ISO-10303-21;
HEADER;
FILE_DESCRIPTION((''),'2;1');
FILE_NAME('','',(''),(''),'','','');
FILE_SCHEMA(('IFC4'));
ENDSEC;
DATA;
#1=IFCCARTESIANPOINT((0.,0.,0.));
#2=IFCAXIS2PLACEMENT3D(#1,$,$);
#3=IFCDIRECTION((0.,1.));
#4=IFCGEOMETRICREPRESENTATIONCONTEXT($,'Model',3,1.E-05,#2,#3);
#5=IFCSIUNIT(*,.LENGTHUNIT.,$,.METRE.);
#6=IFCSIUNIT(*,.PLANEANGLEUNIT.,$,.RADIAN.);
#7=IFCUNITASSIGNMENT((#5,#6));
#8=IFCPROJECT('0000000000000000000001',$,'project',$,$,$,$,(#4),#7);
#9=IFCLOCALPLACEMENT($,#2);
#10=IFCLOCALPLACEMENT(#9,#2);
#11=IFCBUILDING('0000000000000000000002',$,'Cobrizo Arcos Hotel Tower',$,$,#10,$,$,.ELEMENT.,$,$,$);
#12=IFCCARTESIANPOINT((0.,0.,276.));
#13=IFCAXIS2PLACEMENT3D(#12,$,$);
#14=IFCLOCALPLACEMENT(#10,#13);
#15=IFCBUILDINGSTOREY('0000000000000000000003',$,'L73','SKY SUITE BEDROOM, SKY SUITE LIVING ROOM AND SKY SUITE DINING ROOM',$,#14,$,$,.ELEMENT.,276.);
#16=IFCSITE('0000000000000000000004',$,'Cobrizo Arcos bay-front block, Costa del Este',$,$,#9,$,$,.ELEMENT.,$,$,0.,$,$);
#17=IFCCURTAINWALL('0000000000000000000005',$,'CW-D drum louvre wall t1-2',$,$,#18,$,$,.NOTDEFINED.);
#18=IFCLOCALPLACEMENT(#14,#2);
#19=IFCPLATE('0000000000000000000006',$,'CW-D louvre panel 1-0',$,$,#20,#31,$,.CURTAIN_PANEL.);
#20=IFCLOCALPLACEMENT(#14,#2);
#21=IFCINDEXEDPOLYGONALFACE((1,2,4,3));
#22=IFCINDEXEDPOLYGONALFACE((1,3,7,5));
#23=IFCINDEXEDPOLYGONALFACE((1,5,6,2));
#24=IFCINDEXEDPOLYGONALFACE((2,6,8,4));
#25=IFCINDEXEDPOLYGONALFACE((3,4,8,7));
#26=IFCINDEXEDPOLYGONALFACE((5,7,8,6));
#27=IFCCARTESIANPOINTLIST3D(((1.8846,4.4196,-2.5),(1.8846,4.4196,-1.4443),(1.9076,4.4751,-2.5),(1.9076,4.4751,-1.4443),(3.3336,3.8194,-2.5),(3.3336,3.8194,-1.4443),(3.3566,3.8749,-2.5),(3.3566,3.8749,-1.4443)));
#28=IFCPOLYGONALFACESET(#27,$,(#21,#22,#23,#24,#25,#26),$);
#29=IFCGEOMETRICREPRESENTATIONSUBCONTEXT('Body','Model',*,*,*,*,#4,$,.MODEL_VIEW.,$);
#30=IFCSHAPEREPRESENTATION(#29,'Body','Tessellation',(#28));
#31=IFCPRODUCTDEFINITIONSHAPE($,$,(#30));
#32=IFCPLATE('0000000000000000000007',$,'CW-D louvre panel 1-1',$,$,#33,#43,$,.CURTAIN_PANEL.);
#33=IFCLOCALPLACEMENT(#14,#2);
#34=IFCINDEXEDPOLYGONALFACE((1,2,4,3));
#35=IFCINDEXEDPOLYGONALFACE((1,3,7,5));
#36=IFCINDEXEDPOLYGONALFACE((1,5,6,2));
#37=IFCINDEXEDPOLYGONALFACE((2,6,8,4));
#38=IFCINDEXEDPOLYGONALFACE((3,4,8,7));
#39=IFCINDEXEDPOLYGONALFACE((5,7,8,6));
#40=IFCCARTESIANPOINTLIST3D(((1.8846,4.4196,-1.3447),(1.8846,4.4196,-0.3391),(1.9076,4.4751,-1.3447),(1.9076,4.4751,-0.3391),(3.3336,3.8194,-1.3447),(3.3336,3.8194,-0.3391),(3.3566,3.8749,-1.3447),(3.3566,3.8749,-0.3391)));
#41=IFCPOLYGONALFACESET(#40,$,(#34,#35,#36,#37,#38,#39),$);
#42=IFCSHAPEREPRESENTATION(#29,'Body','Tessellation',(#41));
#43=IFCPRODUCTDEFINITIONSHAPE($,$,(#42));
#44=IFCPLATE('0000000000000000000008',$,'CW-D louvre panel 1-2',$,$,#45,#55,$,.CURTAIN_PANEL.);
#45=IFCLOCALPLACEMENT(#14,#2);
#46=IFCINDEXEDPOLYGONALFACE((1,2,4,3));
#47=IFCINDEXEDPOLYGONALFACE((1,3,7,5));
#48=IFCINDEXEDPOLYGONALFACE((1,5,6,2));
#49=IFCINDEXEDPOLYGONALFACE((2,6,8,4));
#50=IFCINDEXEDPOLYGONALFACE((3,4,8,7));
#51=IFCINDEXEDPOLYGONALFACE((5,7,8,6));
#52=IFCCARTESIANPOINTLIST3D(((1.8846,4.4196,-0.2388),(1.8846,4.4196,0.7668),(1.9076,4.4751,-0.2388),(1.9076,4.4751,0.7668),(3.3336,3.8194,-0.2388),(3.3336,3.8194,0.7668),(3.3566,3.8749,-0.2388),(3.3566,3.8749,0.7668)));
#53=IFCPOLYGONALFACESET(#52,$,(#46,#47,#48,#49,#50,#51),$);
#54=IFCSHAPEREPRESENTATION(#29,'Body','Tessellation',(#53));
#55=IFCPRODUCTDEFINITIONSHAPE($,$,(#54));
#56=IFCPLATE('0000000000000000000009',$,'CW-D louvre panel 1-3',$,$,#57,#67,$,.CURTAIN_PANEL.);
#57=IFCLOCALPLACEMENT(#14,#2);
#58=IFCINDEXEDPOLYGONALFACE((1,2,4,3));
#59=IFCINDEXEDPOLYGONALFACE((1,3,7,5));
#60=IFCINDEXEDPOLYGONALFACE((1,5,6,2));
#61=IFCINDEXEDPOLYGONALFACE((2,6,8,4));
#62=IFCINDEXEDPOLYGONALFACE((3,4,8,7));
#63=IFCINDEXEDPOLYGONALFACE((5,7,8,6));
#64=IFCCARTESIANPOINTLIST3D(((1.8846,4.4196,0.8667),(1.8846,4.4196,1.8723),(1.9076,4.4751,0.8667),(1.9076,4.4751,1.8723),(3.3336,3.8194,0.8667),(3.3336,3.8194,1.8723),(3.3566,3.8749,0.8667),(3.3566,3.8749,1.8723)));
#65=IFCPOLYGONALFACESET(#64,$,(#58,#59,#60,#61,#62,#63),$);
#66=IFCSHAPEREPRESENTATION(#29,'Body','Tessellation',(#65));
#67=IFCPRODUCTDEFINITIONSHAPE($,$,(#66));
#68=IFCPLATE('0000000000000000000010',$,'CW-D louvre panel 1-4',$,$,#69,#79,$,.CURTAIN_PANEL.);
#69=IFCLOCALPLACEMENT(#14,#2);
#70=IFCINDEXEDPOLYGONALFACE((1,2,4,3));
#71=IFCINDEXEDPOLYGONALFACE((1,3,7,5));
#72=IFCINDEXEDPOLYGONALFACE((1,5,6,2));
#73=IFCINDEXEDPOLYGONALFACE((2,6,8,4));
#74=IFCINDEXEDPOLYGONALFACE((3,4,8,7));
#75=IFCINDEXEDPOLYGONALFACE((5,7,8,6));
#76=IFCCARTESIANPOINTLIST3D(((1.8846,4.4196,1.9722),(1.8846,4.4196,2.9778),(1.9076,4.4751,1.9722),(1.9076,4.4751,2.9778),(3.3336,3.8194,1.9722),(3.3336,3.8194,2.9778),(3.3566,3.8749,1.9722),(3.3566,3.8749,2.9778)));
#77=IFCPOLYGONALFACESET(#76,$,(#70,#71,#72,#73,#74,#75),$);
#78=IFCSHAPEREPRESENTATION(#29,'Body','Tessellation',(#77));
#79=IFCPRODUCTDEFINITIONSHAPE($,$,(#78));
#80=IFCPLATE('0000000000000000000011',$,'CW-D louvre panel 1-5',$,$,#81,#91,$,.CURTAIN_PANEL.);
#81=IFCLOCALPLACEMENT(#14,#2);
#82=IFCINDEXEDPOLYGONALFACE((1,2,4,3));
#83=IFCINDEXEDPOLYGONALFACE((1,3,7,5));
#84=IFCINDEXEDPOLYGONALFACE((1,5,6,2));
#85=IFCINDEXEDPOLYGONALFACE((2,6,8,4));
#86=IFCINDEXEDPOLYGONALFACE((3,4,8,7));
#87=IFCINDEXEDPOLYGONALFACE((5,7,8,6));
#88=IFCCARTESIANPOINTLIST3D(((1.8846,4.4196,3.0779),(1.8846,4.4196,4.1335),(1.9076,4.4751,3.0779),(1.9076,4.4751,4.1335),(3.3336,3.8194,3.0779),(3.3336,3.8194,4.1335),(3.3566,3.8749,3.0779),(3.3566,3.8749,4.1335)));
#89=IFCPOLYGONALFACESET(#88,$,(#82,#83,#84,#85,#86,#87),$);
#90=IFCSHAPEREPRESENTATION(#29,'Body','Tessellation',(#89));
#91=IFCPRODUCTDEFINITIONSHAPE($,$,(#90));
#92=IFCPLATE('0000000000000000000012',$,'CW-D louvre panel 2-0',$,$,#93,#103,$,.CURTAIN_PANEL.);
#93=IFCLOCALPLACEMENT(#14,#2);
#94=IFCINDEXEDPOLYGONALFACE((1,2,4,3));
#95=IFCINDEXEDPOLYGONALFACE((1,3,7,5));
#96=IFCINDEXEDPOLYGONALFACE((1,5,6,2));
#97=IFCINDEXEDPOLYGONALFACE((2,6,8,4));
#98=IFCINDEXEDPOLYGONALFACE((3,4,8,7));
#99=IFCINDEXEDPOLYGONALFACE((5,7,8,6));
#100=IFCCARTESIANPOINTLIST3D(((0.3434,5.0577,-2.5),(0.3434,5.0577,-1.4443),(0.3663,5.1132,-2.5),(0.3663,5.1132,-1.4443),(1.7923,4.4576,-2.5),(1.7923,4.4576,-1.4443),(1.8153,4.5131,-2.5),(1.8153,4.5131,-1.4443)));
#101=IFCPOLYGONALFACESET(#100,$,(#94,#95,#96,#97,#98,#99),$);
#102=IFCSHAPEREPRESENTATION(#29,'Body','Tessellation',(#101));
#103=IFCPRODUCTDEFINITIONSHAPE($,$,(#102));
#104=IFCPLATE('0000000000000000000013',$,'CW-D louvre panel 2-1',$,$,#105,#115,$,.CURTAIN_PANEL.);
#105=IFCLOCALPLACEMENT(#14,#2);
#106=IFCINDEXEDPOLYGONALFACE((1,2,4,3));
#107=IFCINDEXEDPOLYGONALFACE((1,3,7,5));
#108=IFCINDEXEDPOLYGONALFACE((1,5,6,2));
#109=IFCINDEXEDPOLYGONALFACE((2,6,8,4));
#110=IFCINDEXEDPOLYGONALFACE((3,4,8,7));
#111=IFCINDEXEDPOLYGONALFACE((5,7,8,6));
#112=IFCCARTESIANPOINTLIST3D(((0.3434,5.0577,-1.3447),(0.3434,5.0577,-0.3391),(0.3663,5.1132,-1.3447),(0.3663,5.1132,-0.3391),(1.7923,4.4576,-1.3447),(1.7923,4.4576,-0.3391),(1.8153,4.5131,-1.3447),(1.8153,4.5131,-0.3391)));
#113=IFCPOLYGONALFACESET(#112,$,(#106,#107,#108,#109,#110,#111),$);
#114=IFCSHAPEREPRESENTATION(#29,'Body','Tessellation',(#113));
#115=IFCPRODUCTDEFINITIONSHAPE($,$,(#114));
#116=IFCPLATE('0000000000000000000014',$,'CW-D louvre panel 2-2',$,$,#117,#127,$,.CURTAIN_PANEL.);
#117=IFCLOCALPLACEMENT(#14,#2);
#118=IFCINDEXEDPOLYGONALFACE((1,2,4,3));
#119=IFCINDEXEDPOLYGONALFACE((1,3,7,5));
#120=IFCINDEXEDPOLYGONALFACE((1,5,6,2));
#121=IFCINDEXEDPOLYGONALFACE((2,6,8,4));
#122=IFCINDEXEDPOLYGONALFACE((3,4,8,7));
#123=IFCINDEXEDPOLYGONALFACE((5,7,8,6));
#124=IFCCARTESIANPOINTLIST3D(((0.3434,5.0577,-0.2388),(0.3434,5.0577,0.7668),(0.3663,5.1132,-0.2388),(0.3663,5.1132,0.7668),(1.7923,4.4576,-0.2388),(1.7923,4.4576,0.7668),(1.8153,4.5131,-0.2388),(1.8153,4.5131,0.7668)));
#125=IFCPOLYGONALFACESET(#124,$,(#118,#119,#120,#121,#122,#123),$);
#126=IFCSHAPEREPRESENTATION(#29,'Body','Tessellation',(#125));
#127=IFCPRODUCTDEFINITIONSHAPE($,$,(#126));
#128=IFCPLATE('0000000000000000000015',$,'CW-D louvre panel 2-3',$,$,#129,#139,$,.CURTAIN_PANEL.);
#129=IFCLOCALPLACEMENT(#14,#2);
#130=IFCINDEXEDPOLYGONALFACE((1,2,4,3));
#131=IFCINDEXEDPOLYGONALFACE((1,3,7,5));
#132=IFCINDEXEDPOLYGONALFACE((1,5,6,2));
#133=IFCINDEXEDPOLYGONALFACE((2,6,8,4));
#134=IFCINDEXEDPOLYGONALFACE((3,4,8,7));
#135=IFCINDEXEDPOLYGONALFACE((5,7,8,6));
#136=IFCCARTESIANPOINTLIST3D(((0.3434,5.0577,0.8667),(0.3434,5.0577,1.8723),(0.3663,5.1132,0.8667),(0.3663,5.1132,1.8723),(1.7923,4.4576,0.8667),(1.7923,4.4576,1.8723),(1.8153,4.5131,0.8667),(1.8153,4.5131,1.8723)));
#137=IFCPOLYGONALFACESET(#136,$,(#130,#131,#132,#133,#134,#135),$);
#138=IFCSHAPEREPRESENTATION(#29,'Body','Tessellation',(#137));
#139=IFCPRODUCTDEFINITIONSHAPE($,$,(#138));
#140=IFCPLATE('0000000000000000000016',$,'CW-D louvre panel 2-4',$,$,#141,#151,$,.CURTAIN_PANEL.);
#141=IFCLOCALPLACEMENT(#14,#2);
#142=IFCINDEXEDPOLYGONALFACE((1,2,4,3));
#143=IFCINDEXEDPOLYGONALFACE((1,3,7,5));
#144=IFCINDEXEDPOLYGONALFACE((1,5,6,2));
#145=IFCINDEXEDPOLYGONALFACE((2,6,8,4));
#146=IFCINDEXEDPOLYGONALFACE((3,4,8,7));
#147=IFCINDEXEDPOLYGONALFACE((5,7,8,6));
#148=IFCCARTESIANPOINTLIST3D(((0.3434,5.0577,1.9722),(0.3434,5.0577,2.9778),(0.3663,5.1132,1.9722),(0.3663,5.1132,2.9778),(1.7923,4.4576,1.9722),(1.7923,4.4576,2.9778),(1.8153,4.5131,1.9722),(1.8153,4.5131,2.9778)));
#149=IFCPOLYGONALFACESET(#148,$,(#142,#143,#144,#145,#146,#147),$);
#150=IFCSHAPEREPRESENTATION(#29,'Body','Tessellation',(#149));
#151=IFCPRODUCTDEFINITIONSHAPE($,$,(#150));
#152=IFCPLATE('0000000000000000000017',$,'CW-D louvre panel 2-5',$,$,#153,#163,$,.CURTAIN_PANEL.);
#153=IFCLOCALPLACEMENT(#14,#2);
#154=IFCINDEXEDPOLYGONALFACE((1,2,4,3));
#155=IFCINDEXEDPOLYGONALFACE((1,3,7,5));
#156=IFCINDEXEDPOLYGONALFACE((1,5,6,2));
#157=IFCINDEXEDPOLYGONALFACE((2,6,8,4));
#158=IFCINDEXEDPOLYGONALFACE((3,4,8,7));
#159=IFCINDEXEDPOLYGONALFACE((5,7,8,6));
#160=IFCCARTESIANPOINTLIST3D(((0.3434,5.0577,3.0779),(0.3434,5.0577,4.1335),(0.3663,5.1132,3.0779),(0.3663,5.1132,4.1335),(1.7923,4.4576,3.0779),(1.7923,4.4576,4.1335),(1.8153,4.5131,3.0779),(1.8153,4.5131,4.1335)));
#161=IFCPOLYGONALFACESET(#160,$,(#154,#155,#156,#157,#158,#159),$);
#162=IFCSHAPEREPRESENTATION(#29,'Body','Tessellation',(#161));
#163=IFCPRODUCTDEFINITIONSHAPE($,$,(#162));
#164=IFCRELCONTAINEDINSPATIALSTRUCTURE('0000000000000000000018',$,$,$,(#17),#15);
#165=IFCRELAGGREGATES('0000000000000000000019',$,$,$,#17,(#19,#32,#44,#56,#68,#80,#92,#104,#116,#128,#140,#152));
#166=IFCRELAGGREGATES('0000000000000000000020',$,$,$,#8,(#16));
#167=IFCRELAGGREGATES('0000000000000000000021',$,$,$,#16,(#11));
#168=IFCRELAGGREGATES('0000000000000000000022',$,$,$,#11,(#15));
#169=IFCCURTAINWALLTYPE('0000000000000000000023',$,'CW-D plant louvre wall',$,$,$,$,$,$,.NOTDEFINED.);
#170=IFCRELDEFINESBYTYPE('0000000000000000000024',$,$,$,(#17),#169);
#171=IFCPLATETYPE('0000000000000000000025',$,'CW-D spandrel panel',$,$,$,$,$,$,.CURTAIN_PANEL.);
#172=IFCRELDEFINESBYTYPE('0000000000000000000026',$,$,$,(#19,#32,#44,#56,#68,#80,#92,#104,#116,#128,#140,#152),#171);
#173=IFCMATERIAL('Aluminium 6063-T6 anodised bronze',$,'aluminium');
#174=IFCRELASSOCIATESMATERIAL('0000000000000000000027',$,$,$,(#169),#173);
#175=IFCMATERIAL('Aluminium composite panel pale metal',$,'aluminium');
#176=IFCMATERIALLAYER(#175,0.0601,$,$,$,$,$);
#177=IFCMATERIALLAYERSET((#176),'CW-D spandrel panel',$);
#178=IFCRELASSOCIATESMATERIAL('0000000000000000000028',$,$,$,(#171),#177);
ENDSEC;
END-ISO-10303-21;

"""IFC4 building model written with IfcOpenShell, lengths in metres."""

from ifc_helpers import new_model, si_unit, direction, frame, origin, origin_2d, place, context, subcontext, project, spatial, rectangle, extrude, material, layer, layer_set, type_object, element, aggregate, save


model = new_model("IFC4")

# Units and contexts
model_context = context("Model", 3, precision=1e-05, world=origin(), true_north=direction((0.0, 1.0)))
body_context = subcontext(model_context, "Body", "Model", "MODEL_VIEW")
ifc_project = project(units=[si_unit("LENGTHUNIT", "METRE"), si_unit("PLANEANGLEUNIT", "RADIAN")], contexts=[model_context])

# Site, building, storey
site_placement = place(None, origin())
site = spatial("IfcSite", under=ifc_project, at=site_placement, Name="Cobrizo Arcos bay-front block, Costa del Este", CompositionType="ELEMENT", RefElevation=0.0)
building_placement = place(site_placement, origin())
building = spatial("IfcBuilding", under=site, at=building_placement, Name="Cobrizo Arcos Hotel Tower", CompositionType="ELEMENT")
storey_placement = place(building_placement, frame((0.0, 0.0, 276.0)))
storey = spatial("IfcBuildingStorey", under=building, at=storey_placement, Name="L73", Description="SKY SUITE BEDROOM, SKY SUITE LIVING ROOM AND SKY SUITE DINING ROOM", CompositionType="ELEMENT", Elevation=276.0)

# Shared definitions
ifc_material_1 = material(Name="Aluminium 6063-T6 anodised bronze", Category="aluminium")

# Curtain wall
curtain_wall_type_1 = type_object("IfcCurtainWallType", Name="CW-D plant louvre wall", PredefinedType="NOTDEFINED", material=ifc_material_1)
curtain_wall_1_placement = place(storey_placement, origin())
curtain_wall_1 = element("IfcCurtainWall", 1, at=curtain_wall_1_placement, inside=storey, type_object=curtain_wall_type_1, Name="CW-D drum louvre wall t1-2", PredefinedType="NOTDEFINED")

# Plates
ifc_material_2 = material(Name="Aluminium composite panel pale metal", Category="aluminium")
ifc_layer_1 = layer(ifc_material_2, 0.0601)
ifc_layer_set_1 = layer_set([ifc_layer_1], Name="CW-D spandrel panel")
plate_type_1 = type_object("IfcPlateType", Name="CW-D spandrel panel", PredefinedType="CURTAIN_PANEL", material=ifc_layer_set_1)
plate_1_placement = place(storey_placement, frame((2.6206, 4.1472, -2.5), z_axis=(0.0, 0.0, 1.0), x_axis=(-0.92388, 0.382683, 0.0)))
plate_1 = element("IfcPlate", 2, at=plate_1_placement, type_object=plate_type_1, Name="CW-D louvre panel 1-0", PredefinedType="CURTAIN_PANEL", context=body_context, shape_type="SweptSolid", body=[
    extrude(rectangle(XDim=1.5684, YDim=0.0601, at=origin_2d()), origin(), (0.0, 0.0, 1.0), 1.0557),
])
plate_2_placement = place(storey_placement, frame((2.6206, 4.1472, -1.3447), z_axis=(0.0, 0.0, 1.0), x_axis=(-0.92388, 0.382683, 0.0)))
plate_2 = element("IfcPlate", 3, at=plate_2_placement, type_object=plate_type_1, Name="CW-D louvre panel 1-1", PredefinedType="CURTAIN_PANEL", context=body_context, shape_type="SweptSolid", body=[
    extrude(rectangle(XDim=1.5684, YDim=0.0601, at=origin_2d()), origin(), (0.0, 0.0, 1.0), 1.0056),
])
plate_3_placement = place(storey_placement, frame((2.6206, 4.1472, -0.2388), z_axis=(0.0, 0.0, 1.0), x_axis=(-0.92388, 0.382683, 0.0)))
plate_3 = element("IfcPlate", 4, at=plate_3_placement, type_object=plate_type_1, Name="CW-D louvre panel 1-2", PredefinedType="CURTAIN_PANEL", context=body_context, shape_type="SweptSolid", body=[
    extrude(rectangle(XDim=1.5684, YDim=0.0601, at=origin_2d()), origin(), (0.0, 0.0, 1.0), 1.0056),
])
plate_4_placement = place(storey_placement, frame((2.6206, 4.1472, 0.8667), z_axis=(0.0, 0.0, 1.0), x_axis=(-0.92388, 0.382683, 0.0)))
plate_4 = element("IfcPlate", 5, at=plate_4_placement, type_object=plate_type_1, Name="CW-D louvre panel 1-3", PredefinedType="CURTAIN_PANEL", context=body_context, shape_type="SweptSolid", body=[
    extrude(rectangle(XDim=1.5684, YDim=0.0601, at=origin_2d()), origin(), (0.0, 0.0, 1.0), 1.0056),
])
plate_5_placement = place(storey_placement, frame((2.6206, 4.1472, 1.9722), z_axis=(0.0, 0.0, 1.0), x_axis=(-0.92388, 0.382683, 0.0)))
plate_5 = element("IfcPlate", 6, at=plate_5_placement, type_object=plate_type_1, Name="CW-D louvre panel 1-4", PredefinedType="CURTAIN_PANEL", context=body_context, shape_type="SweptSolid", body=[
    extrude(rectangle(XDim=1.5684, YDim=0.0601, at=origin_2d()), origin(), (0.0, 0.0, 1.0), 1.0056),
])
plate_6_placement = place(storey_placement, frame((2.6206, 4.1472, 3.0779), z_axis=(0.0, 0.0, 1.0), x_axis=(-0.92388, 0.382683, 0.0)))
plate_6 = element("IfcPlate", 7, at=plate_6_placement, type_object=plate_type_1, Name="CW-D louvre panel 1-5", PredefinedType="CURTAIN_PANEL", context=body_context, shape_type="SweptSolid", body=[
    extrude(rectangle(XDim=1.5684, YDim=0.0601, at=origin_2d()), origin(), (0.0, 0.0, 1.0), 1.0557),
])
plate_7_placement = place(storey_placement, frame((1.0793, 4.7854, -2.5), z_axis=(0.0, 0.0, 1.0), x_axis=(-0.92388, 0.382683, 0.0)))
plate_7 = element("IfcPlate", 8, at=plate_7_placement, type_object=plate_type_1, Name="CW-D louvre panel 2-0", PredefinedType="CURTAIN_PANEL", context=body_context, shape_type="SweptSolid", body=[
    extrude(rectangle(XDim=1.5684, YDim=0.0601, at=origin_2d()), origin(), (0.0, 0.0, 1.0), 1.0557),
])
plate_8_placement = place(storey_placement, frame((1.0793, 4.7854, -1.3447), z_axis=(0.0, 0.0, 1.0), x_axis=(-0.92388, 0.382683, 0.0)))
plate_8 = element("IfcPlate", 9, at=plate_8_placement, type_object=plate_type_1, Name="CW-D louvre panel 2-1", PredefinedType="CURTAIN_PANEL", context=body_context, shape_type="SweptSolid", body=[
    extrude(rectangle(XDim=1.5684, YDim=0.0601, at=origin_2d()), origin(), (0.0, 0.0, 1.0), 1.0056),
])
plate_9_placement = place(storey_placement, frame((1.0793, 4.7854, -0.2388), z_axis=(0.0, 0.0, 1.0), x_axis=(-0.92388, 0.382683, 0.0)))
plate_9 = element("IfcPlate", 10, at=plate_9_placement, type_object=plate_type_1, Name="CW-D louvre panel 2-2", PredefinedType="CURTAIN_PANEL", context=body_context, shape_type="SweptSolid", body=[
    extrude(rectangle(XDim=1.5684, YDim=0.0601, at=origin_2d()), origin(), (0.0, 0.0, 1.0), 1.0056),
])
plate_10_placement = place(storey_placement, frame((1.0793, 4.7854, 0.8667), z_axis=(0.0, 0.0, 1.0), x_axis=(-0.92388, 0.382683, 0.0)))
plate_10 = element("IfcPlate", 11, at=plate_10_placement, type_object=plate_type_1, Name="CW-D louvre panel 2-3", PredefinedType="CURTAIN_PANEL", context=body_context, shape_type="SweptSolid", body=[
    extrude(rectangle(XDim=1.5684, YDim=0.0601, at=origin_2d()), origin(), (0.0, 0.0, 1.0), 1.0056),
])
plate_11_placement = place(storey_placement, frame((1.0793, 4.7854, 1.9722), z_axis=(0.0, 0.0, 1.0), x_axis=(-0.92388, 0.382683, 0.0)))
plate_11 = element("IfcPlate", 12, at=plate_11_placement, type_object=plate_type_1, Name="CW-D louvre panel 2-4", PredefinedType="CURTAIN_PANEL", context=body_context, shape_type="SweptSolid", body=[
    extrude(rectangle(XDim=1.5684, YDim=0.0601, at=origin_2d()), origin(), (0.0, 0.0, 1.0), 1.0056),
])
plate_12_placement = place(storey_placement, frame((1.0793, 4.7854, 3.0779), z_axis=(0.0, 0.0, 1.0), x_axis=(-0.92388, 0.382683, 0.0)))
plate_12 = element("IfcPlate", 13, at=plate_12_placement, type_object=plate_type_1, Name="CW-D louvre panel 2-5", PredefinedType="CURTAIN_PANEL", context=body_context, shape_type="SweptSolid", body=[
    extrude(rectangle(XDim=1.5684, YDim=0.0601, at=origin_2d()), origin(), (0.0, 0.0, 1.0), 1.0557),
])
aggregate(curtain_wall_1, [plate_1, plate_2, plate_3, plate_4, plate_5, plate_6, plate_7, plate_8, plate_9, plate_10, plate_11, plate_12])

save(model, "model.ifc")
